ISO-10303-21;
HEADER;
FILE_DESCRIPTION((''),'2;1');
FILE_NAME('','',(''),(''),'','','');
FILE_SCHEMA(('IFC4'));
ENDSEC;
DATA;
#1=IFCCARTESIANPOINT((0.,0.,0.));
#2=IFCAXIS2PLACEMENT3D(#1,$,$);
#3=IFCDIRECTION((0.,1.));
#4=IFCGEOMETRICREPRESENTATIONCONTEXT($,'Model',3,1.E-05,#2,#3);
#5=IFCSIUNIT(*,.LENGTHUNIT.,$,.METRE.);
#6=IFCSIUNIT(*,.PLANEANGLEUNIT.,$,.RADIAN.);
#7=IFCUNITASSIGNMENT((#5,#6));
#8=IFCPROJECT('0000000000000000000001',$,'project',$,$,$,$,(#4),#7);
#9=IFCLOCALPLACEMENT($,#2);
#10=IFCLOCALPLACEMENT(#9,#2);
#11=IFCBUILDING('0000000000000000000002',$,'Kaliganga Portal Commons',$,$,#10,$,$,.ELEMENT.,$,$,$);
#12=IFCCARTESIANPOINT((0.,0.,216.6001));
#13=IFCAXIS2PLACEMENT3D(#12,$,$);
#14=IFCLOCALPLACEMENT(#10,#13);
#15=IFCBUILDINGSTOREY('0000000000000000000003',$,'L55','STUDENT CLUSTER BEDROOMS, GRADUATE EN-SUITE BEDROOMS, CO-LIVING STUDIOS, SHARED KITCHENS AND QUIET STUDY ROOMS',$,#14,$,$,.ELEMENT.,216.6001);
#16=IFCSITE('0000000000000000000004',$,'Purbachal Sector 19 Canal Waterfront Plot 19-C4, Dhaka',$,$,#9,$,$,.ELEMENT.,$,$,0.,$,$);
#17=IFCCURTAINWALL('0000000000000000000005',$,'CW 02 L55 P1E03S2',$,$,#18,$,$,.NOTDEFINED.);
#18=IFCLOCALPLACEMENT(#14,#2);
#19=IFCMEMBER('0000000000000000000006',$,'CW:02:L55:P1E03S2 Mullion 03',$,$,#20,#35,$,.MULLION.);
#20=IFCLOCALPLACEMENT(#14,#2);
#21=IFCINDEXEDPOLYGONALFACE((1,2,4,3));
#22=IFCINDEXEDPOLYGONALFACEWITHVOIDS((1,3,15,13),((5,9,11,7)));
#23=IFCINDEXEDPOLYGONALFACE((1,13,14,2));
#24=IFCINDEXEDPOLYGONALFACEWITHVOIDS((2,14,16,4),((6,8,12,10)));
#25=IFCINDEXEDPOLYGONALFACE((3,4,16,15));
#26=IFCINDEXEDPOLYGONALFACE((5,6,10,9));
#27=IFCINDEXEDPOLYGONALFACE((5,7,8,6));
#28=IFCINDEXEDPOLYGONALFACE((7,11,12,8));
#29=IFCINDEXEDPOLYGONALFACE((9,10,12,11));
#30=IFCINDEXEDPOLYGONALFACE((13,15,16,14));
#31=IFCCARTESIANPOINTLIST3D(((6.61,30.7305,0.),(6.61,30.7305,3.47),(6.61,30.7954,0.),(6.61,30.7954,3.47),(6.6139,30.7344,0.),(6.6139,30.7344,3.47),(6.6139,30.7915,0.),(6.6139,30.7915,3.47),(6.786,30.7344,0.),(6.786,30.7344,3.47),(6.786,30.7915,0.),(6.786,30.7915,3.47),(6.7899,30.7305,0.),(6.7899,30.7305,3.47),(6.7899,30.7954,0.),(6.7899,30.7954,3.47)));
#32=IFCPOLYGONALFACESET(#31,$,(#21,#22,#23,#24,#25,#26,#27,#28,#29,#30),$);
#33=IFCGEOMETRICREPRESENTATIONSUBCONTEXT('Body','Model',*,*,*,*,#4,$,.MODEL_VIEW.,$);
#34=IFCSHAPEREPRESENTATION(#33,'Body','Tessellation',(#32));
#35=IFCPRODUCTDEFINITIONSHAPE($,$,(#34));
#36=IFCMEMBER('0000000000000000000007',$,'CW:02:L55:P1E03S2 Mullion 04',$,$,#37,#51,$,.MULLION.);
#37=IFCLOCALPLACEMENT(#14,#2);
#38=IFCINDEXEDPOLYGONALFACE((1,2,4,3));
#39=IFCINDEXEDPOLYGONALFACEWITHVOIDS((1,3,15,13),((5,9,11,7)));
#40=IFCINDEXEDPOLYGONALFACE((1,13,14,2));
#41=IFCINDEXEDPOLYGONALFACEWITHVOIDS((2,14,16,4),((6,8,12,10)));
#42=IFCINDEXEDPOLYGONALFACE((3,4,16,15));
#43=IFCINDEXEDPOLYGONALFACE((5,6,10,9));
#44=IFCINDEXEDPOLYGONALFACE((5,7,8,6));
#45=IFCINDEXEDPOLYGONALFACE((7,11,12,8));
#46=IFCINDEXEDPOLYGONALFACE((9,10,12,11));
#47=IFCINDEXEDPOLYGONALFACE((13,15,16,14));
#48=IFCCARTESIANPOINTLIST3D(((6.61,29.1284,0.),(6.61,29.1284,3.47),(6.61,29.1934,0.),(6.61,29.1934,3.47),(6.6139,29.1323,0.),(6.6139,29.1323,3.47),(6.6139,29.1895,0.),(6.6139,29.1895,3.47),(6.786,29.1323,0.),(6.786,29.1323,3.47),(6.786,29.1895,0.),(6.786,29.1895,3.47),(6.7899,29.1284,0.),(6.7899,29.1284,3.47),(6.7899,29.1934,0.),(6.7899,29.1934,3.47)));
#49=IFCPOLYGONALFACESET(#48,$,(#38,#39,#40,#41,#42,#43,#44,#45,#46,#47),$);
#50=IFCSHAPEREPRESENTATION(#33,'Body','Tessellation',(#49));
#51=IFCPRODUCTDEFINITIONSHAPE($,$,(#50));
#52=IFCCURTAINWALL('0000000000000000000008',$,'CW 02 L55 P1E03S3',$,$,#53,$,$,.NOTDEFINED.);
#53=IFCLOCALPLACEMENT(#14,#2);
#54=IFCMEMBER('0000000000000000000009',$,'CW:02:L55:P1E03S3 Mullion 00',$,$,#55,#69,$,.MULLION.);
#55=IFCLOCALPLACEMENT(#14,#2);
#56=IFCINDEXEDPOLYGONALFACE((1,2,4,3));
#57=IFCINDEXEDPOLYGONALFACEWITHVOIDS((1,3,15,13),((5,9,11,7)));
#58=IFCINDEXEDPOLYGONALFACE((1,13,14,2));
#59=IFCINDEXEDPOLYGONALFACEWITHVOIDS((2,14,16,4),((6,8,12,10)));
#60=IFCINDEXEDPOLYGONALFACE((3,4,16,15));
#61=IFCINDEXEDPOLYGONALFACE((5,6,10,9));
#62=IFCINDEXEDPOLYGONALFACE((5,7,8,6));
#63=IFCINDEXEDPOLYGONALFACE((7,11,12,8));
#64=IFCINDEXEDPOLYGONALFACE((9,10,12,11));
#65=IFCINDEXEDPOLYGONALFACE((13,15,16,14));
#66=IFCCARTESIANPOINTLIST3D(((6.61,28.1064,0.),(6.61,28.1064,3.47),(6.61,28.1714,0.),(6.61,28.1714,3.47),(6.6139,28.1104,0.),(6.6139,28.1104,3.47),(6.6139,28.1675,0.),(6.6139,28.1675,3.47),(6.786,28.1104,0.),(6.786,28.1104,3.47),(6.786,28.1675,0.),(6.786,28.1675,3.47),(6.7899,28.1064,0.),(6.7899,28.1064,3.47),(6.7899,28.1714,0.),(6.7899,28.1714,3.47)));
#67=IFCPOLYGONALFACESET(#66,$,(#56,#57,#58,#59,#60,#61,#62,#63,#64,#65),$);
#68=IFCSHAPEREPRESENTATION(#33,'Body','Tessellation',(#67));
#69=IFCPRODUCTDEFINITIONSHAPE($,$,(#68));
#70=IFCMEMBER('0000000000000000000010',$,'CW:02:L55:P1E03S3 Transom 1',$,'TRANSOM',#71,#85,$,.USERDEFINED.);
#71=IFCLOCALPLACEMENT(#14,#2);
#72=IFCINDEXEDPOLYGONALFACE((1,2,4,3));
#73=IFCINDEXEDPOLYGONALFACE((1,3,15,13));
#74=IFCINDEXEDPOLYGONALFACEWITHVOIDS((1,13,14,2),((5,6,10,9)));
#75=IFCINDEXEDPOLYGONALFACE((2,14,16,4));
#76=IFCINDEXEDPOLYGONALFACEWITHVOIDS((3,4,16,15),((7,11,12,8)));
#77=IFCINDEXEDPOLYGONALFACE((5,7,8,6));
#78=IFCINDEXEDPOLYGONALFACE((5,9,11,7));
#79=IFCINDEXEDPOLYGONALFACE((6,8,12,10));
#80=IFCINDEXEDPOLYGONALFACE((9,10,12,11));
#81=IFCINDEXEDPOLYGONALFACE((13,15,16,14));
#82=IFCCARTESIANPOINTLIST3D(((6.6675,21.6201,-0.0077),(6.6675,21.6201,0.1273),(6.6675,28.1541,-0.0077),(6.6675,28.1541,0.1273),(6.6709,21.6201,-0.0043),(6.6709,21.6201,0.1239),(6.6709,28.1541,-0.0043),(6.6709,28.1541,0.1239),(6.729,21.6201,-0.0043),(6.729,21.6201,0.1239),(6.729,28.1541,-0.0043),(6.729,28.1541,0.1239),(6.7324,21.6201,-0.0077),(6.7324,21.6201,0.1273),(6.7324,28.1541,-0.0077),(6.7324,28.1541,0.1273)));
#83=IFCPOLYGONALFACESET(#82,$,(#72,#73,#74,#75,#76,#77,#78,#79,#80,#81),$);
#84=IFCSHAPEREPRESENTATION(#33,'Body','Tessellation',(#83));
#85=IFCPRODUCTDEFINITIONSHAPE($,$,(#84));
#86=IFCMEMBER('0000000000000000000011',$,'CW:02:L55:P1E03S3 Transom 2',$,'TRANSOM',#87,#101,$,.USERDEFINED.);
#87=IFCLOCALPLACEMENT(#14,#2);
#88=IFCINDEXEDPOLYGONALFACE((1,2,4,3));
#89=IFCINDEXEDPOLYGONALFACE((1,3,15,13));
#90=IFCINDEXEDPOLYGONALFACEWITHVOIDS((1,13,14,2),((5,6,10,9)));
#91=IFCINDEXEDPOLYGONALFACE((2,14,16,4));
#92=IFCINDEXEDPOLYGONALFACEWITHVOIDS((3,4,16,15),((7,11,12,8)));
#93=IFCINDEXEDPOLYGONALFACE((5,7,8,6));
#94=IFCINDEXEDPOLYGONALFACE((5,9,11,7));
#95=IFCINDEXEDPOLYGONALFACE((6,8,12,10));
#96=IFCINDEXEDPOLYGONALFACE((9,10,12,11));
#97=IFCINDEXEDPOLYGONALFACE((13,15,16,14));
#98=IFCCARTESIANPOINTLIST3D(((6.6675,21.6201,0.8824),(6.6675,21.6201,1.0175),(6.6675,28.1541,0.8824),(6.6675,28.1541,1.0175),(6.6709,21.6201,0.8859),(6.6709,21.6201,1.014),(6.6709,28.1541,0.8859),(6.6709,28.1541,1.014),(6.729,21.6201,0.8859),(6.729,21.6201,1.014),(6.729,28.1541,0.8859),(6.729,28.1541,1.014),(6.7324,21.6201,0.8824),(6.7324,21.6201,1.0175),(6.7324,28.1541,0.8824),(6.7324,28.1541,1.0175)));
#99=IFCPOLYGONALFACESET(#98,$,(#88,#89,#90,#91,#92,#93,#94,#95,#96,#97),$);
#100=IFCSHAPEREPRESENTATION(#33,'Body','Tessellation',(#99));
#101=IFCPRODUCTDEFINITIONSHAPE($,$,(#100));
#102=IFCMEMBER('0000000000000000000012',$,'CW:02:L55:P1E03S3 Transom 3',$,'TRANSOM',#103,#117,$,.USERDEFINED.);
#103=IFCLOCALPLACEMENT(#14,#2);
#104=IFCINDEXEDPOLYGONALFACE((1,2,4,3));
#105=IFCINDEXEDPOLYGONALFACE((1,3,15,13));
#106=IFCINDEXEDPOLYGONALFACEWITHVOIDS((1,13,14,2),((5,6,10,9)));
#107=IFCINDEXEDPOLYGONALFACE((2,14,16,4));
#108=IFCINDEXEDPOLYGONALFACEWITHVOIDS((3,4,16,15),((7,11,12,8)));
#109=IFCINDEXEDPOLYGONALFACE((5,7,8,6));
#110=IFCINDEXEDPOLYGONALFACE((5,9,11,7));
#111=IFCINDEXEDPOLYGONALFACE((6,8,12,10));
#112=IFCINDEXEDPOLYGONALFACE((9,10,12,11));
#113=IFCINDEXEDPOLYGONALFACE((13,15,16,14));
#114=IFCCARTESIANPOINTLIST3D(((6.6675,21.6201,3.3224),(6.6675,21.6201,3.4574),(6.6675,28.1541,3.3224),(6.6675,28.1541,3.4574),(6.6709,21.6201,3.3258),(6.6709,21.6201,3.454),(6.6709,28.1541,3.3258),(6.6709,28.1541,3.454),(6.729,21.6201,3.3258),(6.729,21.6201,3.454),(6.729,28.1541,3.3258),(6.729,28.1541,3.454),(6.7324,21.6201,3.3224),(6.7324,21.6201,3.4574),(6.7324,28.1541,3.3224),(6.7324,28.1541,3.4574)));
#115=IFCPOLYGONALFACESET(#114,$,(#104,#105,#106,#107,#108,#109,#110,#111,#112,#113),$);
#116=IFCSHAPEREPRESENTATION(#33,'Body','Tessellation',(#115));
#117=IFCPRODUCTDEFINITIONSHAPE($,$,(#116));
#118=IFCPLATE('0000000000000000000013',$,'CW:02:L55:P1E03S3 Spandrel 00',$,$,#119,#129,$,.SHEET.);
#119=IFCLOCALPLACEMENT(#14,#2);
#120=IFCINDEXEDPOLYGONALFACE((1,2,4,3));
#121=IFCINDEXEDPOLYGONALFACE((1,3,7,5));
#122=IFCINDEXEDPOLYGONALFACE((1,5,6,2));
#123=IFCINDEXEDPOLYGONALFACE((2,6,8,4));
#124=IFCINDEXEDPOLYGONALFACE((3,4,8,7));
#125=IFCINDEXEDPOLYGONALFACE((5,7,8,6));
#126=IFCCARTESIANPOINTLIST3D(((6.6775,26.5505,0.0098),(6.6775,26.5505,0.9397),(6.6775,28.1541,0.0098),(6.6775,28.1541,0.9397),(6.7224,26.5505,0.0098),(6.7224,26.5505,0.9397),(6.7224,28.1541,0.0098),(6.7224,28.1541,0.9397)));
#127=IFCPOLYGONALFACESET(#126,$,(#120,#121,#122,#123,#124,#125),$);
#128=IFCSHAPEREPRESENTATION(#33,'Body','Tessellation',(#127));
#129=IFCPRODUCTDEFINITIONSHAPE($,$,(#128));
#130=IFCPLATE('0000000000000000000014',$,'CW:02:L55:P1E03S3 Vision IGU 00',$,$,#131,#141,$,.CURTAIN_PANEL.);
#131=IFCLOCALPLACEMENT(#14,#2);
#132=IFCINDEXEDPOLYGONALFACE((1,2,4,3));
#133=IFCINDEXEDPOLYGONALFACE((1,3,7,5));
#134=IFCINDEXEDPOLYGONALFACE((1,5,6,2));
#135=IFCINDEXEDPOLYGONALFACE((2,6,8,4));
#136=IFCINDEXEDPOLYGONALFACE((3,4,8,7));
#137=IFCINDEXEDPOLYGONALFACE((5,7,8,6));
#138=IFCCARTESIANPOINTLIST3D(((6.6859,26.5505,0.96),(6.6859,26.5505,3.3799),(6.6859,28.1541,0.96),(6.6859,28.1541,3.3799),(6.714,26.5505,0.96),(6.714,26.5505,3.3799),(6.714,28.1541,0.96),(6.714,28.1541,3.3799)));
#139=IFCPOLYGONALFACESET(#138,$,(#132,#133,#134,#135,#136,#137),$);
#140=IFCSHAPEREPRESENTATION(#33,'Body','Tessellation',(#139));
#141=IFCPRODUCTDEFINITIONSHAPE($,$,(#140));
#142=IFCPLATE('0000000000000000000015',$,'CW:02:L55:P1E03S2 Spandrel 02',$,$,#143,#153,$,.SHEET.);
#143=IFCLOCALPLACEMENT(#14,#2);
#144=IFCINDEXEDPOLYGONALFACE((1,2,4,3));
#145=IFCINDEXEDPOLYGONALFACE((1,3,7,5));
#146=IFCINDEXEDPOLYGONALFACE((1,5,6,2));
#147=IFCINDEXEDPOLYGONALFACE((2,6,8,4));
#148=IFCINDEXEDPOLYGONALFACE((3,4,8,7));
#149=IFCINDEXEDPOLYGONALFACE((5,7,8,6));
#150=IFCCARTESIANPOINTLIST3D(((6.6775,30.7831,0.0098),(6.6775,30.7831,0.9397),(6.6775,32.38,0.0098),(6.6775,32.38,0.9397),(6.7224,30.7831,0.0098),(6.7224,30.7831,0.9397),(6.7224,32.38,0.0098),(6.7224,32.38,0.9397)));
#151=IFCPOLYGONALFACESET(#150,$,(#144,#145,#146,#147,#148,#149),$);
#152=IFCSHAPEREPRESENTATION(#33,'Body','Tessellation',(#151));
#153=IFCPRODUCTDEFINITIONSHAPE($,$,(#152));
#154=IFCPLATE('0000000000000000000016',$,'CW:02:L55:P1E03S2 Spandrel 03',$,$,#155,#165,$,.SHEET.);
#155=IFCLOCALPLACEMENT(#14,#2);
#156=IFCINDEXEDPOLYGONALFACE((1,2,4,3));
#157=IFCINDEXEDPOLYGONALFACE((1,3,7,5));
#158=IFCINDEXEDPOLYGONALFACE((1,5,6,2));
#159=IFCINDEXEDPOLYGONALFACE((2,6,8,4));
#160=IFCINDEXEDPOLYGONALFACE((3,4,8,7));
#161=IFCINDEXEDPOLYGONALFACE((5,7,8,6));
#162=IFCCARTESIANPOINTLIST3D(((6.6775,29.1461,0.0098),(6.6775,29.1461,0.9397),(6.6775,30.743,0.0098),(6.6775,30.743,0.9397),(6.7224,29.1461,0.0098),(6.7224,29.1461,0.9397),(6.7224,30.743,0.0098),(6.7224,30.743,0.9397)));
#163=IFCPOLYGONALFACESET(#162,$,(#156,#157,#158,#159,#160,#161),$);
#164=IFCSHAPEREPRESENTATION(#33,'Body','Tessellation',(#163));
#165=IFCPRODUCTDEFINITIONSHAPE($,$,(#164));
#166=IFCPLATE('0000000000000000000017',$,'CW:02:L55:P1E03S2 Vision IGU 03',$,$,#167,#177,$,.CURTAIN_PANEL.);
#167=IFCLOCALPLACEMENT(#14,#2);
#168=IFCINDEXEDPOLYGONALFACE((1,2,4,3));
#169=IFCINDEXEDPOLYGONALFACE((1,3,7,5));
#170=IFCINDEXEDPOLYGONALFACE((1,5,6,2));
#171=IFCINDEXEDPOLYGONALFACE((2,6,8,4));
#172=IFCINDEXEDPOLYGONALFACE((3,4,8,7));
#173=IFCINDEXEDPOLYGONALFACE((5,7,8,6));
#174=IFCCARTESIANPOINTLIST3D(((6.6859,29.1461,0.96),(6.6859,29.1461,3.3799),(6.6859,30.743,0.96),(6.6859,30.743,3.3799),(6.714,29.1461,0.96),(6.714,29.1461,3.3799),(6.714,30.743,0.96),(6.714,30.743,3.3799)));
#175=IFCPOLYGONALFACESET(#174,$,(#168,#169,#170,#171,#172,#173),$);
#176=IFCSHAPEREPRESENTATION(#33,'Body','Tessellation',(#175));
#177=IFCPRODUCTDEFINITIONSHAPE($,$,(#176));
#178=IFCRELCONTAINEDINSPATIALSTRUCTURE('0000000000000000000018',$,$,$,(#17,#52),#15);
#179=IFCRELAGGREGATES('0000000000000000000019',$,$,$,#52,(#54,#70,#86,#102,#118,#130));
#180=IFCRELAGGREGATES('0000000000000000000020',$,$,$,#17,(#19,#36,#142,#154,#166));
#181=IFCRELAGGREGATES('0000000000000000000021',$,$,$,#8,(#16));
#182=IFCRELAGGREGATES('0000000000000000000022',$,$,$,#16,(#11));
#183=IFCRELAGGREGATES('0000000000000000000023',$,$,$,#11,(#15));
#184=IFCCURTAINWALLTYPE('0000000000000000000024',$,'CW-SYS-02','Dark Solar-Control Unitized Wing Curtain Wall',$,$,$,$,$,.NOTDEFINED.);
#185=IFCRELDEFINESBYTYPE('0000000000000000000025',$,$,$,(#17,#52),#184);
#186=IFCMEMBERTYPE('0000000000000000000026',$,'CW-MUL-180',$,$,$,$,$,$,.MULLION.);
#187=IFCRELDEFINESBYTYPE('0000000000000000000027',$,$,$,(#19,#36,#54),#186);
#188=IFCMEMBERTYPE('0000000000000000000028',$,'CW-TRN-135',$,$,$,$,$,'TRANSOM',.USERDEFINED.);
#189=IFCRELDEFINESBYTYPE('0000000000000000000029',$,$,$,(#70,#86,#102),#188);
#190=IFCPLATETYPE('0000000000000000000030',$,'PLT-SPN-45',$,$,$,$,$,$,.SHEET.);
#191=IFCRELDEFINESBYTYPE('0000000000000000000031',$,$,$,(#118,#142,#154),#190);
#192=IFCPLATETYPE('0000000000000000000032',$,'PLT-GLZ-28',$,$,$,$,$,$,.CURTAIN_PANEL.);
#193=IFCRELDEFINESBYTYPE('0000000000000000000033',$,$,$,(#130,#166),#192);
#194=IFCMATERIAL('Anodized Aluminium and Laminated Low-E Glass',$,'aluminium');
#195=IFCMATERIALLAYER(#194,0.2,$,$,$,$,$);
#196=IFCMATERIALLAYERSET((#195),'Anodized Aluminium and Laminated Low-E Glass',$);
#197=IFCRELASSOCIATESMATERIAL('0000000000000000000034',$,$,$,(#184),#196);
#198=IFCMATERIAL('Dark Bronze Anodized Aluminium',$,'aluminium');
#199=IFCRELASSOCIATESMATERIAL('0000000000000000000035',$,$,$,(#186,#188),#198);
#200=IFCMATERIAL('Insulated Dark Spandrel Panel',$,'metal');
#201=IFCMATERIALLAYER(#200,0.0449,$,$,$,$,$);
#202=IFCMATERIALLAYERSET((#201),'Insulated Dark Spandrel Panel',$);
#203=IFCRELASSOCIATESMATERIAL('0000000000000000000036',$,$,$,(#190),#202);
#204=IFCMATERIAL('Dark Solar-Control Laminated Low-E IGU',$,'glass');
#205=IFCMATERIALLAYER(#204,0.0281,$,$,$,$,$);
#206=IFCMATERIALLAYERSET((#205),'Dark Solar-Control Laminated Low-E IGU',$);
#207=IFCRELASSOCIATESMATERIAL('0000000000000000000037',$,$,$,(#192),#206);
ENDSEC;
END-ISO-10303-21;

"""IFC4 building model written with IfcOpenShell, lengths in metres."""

from ifc_helpers import new_model, si_unit, direction, frame, origin, origin_2d, place, context, subcontext, project, spatial, rectangle, hollow_rectangle, extrude, source, transform, mapped, material, layer, layer_set, material_profile, profile_set, type_object, element, aggregate, save


model = new_model("IFC4")

# Units and contexts
model_context = context("Model", 3, precision=1e-05, world=origin(), true_north=direction((0.0, 1.0)))
body_context = subcontext(model_context, "Body", "Model", "MODEL_VIEW")
ifc_project = project(units=[si_unit("LENGTHUNIT", "METRE"), si_unit("PLANEANGLEUNIT", "RADIAN")], contexts=[model_context])

# Site, building, storey
site_placement = place(None, origin())
site = spatial("IfcSite", under=ifc_project, at=site_placement, Name="Purbachal Sector 19 Canal Waterfront Plot 19-C4, Dhaka", CompositionType="ELEMENT", RefElevation=0.0)
building_placement = place(site_placement, origin())
building = spatial("IfcBuilding", under=site, at=building_placement, Name="Kaliganga Portal Commons", CompositionType="ELEMENT")
storey_placement = place(building_placement, frame((0.0, 0.0, 216.6001)))
storey = spatial("IfcBuildingStorey", under=building, at=storey_placement, Name="L55", Description="STUDENT CLUSTER BEDROOMS, GRADUATE EN-SUITE BEDROOMS, CO-LIVING STUDIOS, SHARED KITCHENS AND QUIET STUDY ROOMS", CompositionType="ELEMENT", Elevation=216.6001)

# Curtain wall, members
ifc_material_1 = material(Name="Anodized Aluminium and Laminated Low-E Glass", Category="aluminium")
ifc_layer_1 = layer(ifc_material_1, 0.2)
ifc_layer_set_1 = layer_set([ifc_layer_1], Name="Anodized Aluminium and Laminated Low-E Glass")
curtain_wall_type = type_object("IfcCurtainWallType", Name="CW-SYS-02", Description="Dark Solar-Control Unitized Wing Curtain Wall", PredefinedType="NOTDEFINED", material=ifc_layer_set_1)
curtain_wall_1_placement = place(storey_placement, origin())
curtain_wall_1 = element("IfcCurtainWall", 1, at=curtain_wall_1_placement, inside=storey, type_object=curtain_wall_type, Name="CW 02 L55 P1E03S2", PredefinedType="NOTDEFINED")
ifc_material_2 = material(Name="Dark Bronze Anodized Aluminium", Category="aluminium")
ifc_material_profile_1 = material_profile(ifc_material_2, hollow_rectangle(XDim=0.0649, YDim=0.1799, WallThickness=0.0039, at=origin_2d()), Name="ALU MULL 65x180x4")
ifc_profile_set_1 = profile_set([ifc_material_profile_1], Name="Dark Bronze Anodized Aluminium")
member_type_1 = type_object("IfcMemberType", Name="CW-MUL-180", PredefinedType="MULLION", material=ifc_profile_set_1)
shared_shape_1 = source(origin(), body_context, "Body", "SweptSolid", [
    extrude(hollow_rectangle(XDim=0.0649, YDim=0.1799, WallThickness=0.0039, at=origin_2d()), origin(), (0.0, 0.0, 1.0), 3.47),
])
member_1_placement = place(storey_placement, frame((6.7, 30.7629, 0.0), z_axis=(0.0, 0.0, 1.0), x_axis=(0.0, -1.0, 0.0)))
member_1 = element("IfcMember", 2, at=member_1_placement, type_object=member_type_1, Name="CW:02:L55:P1E03S2 Mullion 03", PredefinedType="MULLION", context=body_context, shape_type="MappedRepresentation", body=[
    mapped(shared_shape_1, transform((0.0, 0.0, 0.0), x_axis=(1.0, 0.0, 0.0), y_axis=(0.0, 1.0, 0.0), z_axis=(0.0, 0.0, 1.0), scale=1.0)),
])
member_2_placement = place(storey_placement, frame((6.7, 29.1609, 0.0), z_axis=(0.0, 0.0, 1.0), x_axis=(0.0, -1.0, 0.0)))
member_2 = element("IfcMember", 3, at=member_2_placement, type_object=member_type_1, Name="CW:02:L55:P1E03S2 Mullion 04", PredefinedType="MULLION", context=body_context, shape_type="MappedRepresentation", body=[
    mapped(shared_shape_1, transform((0.0, 0.0, 0.0), x_axis=(1.0, 0.0, 0.0), y_axis=(0.0, 1.0, 0.0), z_axis=(0.0, 0.0, 1.0), scale=1.0)),
])

# Curtain wall, members, plates
curtain_wall_2_placement = place(storey_placement, origin())
curtain_wall_2 = element("IfcCurtainWall", 4, at=curtain_wall_2_placement, inside=storey, type_object=curtain_wall_type, Name="CW 02 L55 P1E03S3", PredefinedType="NOTDEFINED")
member_3_placement = place(storey_placement, frame((6.7, 28.1389, 0.0), z_axis=(0.0, 0.0, 1.0), x_axis=(0.0, -1.0, 0.0)))
member_3 = element("IfcMember", 5, at=member_3_placement, type_object=member_type_1, Name="CW:02:L55:P1E03S3 Mullion 00", PredefinedType="MULLION", context=body_context, shape_type="MappedRepresentation", body=[
    mapped(shared_shape_1, transform((0.0, 0.0, 0.0), x_axis=(1.0, 0.0, 0.0), y_axis=(0.0, 1.0, 0.0), z_axis=(0.0, 0.0, 1.0), scale=1.0)),
])
ifc_material_profile_2 = material_profile(ifc_material_2, hollow_rectangle(XDim=0.0649, YDim=0.135, WallThickness=0.0034, at=origin_2d()), Name="ALU TRAN 65x135x3.5")
ifc_profile_set_2 = profile_set([ifc_material_profile_2], Name="Dark Bronze Anodized Aluminium")
member_type_2 = type_object("IfcMemberType", Name="CW-TRN-135", ElementType="TRANSOM", PredefinedType="USERDEFINED", material=ifc_profile_set_2)
shared_shape_2 = source(origin(), body_context, "Body", "SweptSolid", [
    extrude(hollow_rectangle(XDim=0.0649, YDim=0.135, WallThickness=0.0034, at=origin_2d()), origin(), (0.0, 0.0, 1.0), 6.5339),
])
member_4_placement = place(storey_placement, frame((6.7, 28.1541, 0.0598), z_axis=(0.0, -1.0, 0.0), x_axis=(1.0, 0.0, 0.0)))
member_4 = element("IfcMember", 6, at=member_4_placement, type_object=member_type_2, Name="CW:02:L55:P1E03S3 Transom 1", ObjectType="TRANSOM", PredefinedType="USERDEFINED", context=body_context, shape_type="MappedRepresentation", body=[
    mapped(shared_shape_2, transform((0.0, 0.0, 0.0), x_axis=(1.0, 0.0, 0.0), y_axis=(0.0, 1.0, 0.0), z_axis=(0.0, 0.0, 1.0), scale=1.0)),
])
member_5_placement = place(storey_placement, frame((6.7, 28.1541, 0.95), z_axis=(0.0, -1.0, 0.0), x_axis=(1.0, 0.0, 0.0)))
member_5 = element("IfcMember", 7, at=member_5_placement, type_object=member_type_2, Name="CW:02:L55:P1E03S3 Transom 2", ObjectType="TRANSOM", PredefinedType="USERDEFINED", context=body_context, shape_type="MappedRepresentation", body=[
    mapped(shared_shape_2, transform((0.0, 0.0, 0.0), x_axis=(1.0, 0.0, 0.0), y_axis=(0.0, 1.0, 0.0), z_axis=(0.0, 0.0, 1.0), scale=1.0)),
])
member_6_placement = place(storey_placement, frame((6.7, 28.1541, 3.3899), z_axis=(0.0, -1.0, 0.0), x_axis=(1.0, 0.0, 0.0)))
member_6 = element("IfcMember", 8, at=member_6_placement, type_object=member_type_2, Name="CW:02:L55:P1E03S3 Transom 3", ObjectType="TRANSOM", PredefinedType="USERDEFINED", context=body_context, shape_type="MappedRepresentation", body=[
    mapped(shared_shape_2, transform((0.0, 0.0, 0.0), x_axis=(1.0, 0.0, 0.0), y_axis=(0.0, 1.0, 0.0), z_axis=(0.0, 0.0, 1.0), scale=1.0)),
])
ifc_material_3 = material(Name="Insulated Dark Spandrel Panel", Category="metal")
ifc_layer_2 = layer(ifc_material_3, 0.0449)
ifc_layer_set_2 = layer_set([ifc_layer_2], Name="Insulated Dark Spandrel Panel")
plate_type_1 = type_object("IfcPlateType", Name="PLT-SPN-45", PredefinedType="SHEET", material=ifc_layer_set_2)
shared_shape_3 = source(origin(), body_context, "Body", "SweptSolid", [
    extrude(rectangle(XDim=1.6035, YDim=0.0449, at=origin_2d()), origin(), (0.0, 0.0, 1.0), 0.9299),
])
plate_1_placement = place(storey_placement, frame((6.7, 27.3523, 0.0098), z_axis=(0.0, 0.0, 1.0), x_axis=(0.0, -1.0, 0.0)))
plate_1 = element("IfcPlate", 9, at=plate_1_placement, type_object=plate_type_1, Name="CW:02:L55:P1E03S3 Spandrel 00", PredefinedType="SHEET", context=body_context, shape_type="MappedRepresentation", body=[
    mapped(shared_shape_3, transform((0.0, 0.0, 0.0), x_axis=(1.0, 0.0, 0.0), y_axis=(0.0, 1.0, 0.0), z_axis=(0.0, 0.0, 1.0), scale=1.0)),
])
ifc_material_4 = material(Name="Dark Solar-Control Laminated Low-E IGU", Category="glass")
ifc_layer_3 = layer(ifc_material_4, 0.0281)
ifc_layer_set_3 = layer_set([ifc_layer_3], Name="Dark Solar-Control Laminated Low-E IGU")
plate_type_2 = type_object("IfcPlateType", Name="PLT-GLZ-28", PredefinedType="CURTAIN_PANEL", material=ifc_layer_set_3)
shared_shape_4 = source(origin(), body_context, "Body", "SweptSolid", [
    extrude(rectangle(XDim=1.6035, YDim=0.0281, at=origin_2d()), origin(), (0.0, 0.0, 1.0), 2.4199),
])
plate_2_placement = place(storey_placement, frame((6.7, 27.3523, 0.96), z_axis=(0.0, 0.0, 1.0), x_axis=(0.0, -1.0, 0.0)))
plate_2 = element("IfcPlate", 10, at=plate_2_placement, type_object=plate_type_2, Name="CW:02:L55:P1E03S3 Vision IGU 00", PredefinedType="CURTAIN_PANEL", context=body_context, shape_type="MappedRepresentation", body=[
    mapped(shared_shape_4, transform((0.0, 0.0, 0.0), x_axis=(1.0, 0.0, 0.0), y_axis=(0.0, 1.0, 0.0), z_axis=(0.0, 0.0, 1.0), scale=1.0)),
])
aggregate(curtain_wall_2, [member_3, member_4, member_5, member_6, plate_1, plate_2])

# Plates
shared_shape_5 = source(origin(), body_context, "Body", "SweptSolid", [
    extrude(rectangle(XDim=1.5969, YDim=0.0449, at=origin_2d()), origin(), (0.0, 0.0, 1.0), 0.9299),
])
plate_3_placement = place(storey_placement, frame((6.7, 31.5815, 0.0098), z_axis=(0.0, 0.0, 1.0), x_axis=(0.0, -1.0, 0.0)))
plate_3 = element("IfcPlate", 11, at=plate_3_placement, type_object=plate_type_1, Name="CW:02:L55:P1E03S2 Spandrel 02", PredefinedType="SHEET", context=body_context, shape_type="MappedRepresentation", body=[
    mapped(shared_shape_5, transform((0.0, 0.0, 0.0), x_axis=(1.0, 0.0, 0.0), y_axis=(0.0, 1.0, 0.0), z_axis=(0.0, 0.0, 1.0), scale=1.0)),
])
plate_4_placement = place(storey_placement, frame((6.7, 29.9446, 0.0098), z_axis=(0.0, 0.0, 1.0), x_axis=(0.0, -1.0, 0.0)))
plate_4 = element("IfcPlate", 12, at=plate_4_placement, type_object=plate_type_1, Name="CW:02:L55:P1E03S2 Spandrel 03", PredefinedType="SHEET", context=body_context, shape_type="MappedRepresentation", body=[
    mapped(shared_shape_5, transform((0.0, 0.0, 0.0), x_axis=(1.0, 0.0, 0.0), y_axis=(0.0, 1.0, 0.0), z_axis=(0.0, 0.0, 1.0), scale=1.0)),
])
shared_shape_6 = source(origin(), body_context, "Body", "SweptSolid", [
    extrude(rectangle(XDim=1.5969, YDim=0.0281, at=origin_2d()), origin(), (0.0, 0.0, 1.0), 2.4199),
])
plate_5_placement = place(storey_placement, frame((6.7, 29.9446, 0.96), z_axis=(0.0, 0.0, 1.0), x_axis=(0.0, -1.0, 0.0)))
plate_5 = element("IfcPlate", 13, at=plate_5_placement, type_object=plate_type_2, Name="CW:02:L55:P1E03S2 Vision IGU 03", PredefinedType="CURTAIN_PANEL", context=body_context, shape_type="MappedRepresentation", body=[
    mapped(shared_shape_6, transform((0.0, 0.0, 0.0), x_axis=(1.0, 0.0, 0.0), y_axis=(0.0, 1.0, 0.0), z_axis=(0.0, 0.0, 1.0), scale=1.0)),
])
aggregate(curtain_wall_1, [member_1, member_2, plate_3, plate_4, plate_5])

save(model, "model.ifc")
